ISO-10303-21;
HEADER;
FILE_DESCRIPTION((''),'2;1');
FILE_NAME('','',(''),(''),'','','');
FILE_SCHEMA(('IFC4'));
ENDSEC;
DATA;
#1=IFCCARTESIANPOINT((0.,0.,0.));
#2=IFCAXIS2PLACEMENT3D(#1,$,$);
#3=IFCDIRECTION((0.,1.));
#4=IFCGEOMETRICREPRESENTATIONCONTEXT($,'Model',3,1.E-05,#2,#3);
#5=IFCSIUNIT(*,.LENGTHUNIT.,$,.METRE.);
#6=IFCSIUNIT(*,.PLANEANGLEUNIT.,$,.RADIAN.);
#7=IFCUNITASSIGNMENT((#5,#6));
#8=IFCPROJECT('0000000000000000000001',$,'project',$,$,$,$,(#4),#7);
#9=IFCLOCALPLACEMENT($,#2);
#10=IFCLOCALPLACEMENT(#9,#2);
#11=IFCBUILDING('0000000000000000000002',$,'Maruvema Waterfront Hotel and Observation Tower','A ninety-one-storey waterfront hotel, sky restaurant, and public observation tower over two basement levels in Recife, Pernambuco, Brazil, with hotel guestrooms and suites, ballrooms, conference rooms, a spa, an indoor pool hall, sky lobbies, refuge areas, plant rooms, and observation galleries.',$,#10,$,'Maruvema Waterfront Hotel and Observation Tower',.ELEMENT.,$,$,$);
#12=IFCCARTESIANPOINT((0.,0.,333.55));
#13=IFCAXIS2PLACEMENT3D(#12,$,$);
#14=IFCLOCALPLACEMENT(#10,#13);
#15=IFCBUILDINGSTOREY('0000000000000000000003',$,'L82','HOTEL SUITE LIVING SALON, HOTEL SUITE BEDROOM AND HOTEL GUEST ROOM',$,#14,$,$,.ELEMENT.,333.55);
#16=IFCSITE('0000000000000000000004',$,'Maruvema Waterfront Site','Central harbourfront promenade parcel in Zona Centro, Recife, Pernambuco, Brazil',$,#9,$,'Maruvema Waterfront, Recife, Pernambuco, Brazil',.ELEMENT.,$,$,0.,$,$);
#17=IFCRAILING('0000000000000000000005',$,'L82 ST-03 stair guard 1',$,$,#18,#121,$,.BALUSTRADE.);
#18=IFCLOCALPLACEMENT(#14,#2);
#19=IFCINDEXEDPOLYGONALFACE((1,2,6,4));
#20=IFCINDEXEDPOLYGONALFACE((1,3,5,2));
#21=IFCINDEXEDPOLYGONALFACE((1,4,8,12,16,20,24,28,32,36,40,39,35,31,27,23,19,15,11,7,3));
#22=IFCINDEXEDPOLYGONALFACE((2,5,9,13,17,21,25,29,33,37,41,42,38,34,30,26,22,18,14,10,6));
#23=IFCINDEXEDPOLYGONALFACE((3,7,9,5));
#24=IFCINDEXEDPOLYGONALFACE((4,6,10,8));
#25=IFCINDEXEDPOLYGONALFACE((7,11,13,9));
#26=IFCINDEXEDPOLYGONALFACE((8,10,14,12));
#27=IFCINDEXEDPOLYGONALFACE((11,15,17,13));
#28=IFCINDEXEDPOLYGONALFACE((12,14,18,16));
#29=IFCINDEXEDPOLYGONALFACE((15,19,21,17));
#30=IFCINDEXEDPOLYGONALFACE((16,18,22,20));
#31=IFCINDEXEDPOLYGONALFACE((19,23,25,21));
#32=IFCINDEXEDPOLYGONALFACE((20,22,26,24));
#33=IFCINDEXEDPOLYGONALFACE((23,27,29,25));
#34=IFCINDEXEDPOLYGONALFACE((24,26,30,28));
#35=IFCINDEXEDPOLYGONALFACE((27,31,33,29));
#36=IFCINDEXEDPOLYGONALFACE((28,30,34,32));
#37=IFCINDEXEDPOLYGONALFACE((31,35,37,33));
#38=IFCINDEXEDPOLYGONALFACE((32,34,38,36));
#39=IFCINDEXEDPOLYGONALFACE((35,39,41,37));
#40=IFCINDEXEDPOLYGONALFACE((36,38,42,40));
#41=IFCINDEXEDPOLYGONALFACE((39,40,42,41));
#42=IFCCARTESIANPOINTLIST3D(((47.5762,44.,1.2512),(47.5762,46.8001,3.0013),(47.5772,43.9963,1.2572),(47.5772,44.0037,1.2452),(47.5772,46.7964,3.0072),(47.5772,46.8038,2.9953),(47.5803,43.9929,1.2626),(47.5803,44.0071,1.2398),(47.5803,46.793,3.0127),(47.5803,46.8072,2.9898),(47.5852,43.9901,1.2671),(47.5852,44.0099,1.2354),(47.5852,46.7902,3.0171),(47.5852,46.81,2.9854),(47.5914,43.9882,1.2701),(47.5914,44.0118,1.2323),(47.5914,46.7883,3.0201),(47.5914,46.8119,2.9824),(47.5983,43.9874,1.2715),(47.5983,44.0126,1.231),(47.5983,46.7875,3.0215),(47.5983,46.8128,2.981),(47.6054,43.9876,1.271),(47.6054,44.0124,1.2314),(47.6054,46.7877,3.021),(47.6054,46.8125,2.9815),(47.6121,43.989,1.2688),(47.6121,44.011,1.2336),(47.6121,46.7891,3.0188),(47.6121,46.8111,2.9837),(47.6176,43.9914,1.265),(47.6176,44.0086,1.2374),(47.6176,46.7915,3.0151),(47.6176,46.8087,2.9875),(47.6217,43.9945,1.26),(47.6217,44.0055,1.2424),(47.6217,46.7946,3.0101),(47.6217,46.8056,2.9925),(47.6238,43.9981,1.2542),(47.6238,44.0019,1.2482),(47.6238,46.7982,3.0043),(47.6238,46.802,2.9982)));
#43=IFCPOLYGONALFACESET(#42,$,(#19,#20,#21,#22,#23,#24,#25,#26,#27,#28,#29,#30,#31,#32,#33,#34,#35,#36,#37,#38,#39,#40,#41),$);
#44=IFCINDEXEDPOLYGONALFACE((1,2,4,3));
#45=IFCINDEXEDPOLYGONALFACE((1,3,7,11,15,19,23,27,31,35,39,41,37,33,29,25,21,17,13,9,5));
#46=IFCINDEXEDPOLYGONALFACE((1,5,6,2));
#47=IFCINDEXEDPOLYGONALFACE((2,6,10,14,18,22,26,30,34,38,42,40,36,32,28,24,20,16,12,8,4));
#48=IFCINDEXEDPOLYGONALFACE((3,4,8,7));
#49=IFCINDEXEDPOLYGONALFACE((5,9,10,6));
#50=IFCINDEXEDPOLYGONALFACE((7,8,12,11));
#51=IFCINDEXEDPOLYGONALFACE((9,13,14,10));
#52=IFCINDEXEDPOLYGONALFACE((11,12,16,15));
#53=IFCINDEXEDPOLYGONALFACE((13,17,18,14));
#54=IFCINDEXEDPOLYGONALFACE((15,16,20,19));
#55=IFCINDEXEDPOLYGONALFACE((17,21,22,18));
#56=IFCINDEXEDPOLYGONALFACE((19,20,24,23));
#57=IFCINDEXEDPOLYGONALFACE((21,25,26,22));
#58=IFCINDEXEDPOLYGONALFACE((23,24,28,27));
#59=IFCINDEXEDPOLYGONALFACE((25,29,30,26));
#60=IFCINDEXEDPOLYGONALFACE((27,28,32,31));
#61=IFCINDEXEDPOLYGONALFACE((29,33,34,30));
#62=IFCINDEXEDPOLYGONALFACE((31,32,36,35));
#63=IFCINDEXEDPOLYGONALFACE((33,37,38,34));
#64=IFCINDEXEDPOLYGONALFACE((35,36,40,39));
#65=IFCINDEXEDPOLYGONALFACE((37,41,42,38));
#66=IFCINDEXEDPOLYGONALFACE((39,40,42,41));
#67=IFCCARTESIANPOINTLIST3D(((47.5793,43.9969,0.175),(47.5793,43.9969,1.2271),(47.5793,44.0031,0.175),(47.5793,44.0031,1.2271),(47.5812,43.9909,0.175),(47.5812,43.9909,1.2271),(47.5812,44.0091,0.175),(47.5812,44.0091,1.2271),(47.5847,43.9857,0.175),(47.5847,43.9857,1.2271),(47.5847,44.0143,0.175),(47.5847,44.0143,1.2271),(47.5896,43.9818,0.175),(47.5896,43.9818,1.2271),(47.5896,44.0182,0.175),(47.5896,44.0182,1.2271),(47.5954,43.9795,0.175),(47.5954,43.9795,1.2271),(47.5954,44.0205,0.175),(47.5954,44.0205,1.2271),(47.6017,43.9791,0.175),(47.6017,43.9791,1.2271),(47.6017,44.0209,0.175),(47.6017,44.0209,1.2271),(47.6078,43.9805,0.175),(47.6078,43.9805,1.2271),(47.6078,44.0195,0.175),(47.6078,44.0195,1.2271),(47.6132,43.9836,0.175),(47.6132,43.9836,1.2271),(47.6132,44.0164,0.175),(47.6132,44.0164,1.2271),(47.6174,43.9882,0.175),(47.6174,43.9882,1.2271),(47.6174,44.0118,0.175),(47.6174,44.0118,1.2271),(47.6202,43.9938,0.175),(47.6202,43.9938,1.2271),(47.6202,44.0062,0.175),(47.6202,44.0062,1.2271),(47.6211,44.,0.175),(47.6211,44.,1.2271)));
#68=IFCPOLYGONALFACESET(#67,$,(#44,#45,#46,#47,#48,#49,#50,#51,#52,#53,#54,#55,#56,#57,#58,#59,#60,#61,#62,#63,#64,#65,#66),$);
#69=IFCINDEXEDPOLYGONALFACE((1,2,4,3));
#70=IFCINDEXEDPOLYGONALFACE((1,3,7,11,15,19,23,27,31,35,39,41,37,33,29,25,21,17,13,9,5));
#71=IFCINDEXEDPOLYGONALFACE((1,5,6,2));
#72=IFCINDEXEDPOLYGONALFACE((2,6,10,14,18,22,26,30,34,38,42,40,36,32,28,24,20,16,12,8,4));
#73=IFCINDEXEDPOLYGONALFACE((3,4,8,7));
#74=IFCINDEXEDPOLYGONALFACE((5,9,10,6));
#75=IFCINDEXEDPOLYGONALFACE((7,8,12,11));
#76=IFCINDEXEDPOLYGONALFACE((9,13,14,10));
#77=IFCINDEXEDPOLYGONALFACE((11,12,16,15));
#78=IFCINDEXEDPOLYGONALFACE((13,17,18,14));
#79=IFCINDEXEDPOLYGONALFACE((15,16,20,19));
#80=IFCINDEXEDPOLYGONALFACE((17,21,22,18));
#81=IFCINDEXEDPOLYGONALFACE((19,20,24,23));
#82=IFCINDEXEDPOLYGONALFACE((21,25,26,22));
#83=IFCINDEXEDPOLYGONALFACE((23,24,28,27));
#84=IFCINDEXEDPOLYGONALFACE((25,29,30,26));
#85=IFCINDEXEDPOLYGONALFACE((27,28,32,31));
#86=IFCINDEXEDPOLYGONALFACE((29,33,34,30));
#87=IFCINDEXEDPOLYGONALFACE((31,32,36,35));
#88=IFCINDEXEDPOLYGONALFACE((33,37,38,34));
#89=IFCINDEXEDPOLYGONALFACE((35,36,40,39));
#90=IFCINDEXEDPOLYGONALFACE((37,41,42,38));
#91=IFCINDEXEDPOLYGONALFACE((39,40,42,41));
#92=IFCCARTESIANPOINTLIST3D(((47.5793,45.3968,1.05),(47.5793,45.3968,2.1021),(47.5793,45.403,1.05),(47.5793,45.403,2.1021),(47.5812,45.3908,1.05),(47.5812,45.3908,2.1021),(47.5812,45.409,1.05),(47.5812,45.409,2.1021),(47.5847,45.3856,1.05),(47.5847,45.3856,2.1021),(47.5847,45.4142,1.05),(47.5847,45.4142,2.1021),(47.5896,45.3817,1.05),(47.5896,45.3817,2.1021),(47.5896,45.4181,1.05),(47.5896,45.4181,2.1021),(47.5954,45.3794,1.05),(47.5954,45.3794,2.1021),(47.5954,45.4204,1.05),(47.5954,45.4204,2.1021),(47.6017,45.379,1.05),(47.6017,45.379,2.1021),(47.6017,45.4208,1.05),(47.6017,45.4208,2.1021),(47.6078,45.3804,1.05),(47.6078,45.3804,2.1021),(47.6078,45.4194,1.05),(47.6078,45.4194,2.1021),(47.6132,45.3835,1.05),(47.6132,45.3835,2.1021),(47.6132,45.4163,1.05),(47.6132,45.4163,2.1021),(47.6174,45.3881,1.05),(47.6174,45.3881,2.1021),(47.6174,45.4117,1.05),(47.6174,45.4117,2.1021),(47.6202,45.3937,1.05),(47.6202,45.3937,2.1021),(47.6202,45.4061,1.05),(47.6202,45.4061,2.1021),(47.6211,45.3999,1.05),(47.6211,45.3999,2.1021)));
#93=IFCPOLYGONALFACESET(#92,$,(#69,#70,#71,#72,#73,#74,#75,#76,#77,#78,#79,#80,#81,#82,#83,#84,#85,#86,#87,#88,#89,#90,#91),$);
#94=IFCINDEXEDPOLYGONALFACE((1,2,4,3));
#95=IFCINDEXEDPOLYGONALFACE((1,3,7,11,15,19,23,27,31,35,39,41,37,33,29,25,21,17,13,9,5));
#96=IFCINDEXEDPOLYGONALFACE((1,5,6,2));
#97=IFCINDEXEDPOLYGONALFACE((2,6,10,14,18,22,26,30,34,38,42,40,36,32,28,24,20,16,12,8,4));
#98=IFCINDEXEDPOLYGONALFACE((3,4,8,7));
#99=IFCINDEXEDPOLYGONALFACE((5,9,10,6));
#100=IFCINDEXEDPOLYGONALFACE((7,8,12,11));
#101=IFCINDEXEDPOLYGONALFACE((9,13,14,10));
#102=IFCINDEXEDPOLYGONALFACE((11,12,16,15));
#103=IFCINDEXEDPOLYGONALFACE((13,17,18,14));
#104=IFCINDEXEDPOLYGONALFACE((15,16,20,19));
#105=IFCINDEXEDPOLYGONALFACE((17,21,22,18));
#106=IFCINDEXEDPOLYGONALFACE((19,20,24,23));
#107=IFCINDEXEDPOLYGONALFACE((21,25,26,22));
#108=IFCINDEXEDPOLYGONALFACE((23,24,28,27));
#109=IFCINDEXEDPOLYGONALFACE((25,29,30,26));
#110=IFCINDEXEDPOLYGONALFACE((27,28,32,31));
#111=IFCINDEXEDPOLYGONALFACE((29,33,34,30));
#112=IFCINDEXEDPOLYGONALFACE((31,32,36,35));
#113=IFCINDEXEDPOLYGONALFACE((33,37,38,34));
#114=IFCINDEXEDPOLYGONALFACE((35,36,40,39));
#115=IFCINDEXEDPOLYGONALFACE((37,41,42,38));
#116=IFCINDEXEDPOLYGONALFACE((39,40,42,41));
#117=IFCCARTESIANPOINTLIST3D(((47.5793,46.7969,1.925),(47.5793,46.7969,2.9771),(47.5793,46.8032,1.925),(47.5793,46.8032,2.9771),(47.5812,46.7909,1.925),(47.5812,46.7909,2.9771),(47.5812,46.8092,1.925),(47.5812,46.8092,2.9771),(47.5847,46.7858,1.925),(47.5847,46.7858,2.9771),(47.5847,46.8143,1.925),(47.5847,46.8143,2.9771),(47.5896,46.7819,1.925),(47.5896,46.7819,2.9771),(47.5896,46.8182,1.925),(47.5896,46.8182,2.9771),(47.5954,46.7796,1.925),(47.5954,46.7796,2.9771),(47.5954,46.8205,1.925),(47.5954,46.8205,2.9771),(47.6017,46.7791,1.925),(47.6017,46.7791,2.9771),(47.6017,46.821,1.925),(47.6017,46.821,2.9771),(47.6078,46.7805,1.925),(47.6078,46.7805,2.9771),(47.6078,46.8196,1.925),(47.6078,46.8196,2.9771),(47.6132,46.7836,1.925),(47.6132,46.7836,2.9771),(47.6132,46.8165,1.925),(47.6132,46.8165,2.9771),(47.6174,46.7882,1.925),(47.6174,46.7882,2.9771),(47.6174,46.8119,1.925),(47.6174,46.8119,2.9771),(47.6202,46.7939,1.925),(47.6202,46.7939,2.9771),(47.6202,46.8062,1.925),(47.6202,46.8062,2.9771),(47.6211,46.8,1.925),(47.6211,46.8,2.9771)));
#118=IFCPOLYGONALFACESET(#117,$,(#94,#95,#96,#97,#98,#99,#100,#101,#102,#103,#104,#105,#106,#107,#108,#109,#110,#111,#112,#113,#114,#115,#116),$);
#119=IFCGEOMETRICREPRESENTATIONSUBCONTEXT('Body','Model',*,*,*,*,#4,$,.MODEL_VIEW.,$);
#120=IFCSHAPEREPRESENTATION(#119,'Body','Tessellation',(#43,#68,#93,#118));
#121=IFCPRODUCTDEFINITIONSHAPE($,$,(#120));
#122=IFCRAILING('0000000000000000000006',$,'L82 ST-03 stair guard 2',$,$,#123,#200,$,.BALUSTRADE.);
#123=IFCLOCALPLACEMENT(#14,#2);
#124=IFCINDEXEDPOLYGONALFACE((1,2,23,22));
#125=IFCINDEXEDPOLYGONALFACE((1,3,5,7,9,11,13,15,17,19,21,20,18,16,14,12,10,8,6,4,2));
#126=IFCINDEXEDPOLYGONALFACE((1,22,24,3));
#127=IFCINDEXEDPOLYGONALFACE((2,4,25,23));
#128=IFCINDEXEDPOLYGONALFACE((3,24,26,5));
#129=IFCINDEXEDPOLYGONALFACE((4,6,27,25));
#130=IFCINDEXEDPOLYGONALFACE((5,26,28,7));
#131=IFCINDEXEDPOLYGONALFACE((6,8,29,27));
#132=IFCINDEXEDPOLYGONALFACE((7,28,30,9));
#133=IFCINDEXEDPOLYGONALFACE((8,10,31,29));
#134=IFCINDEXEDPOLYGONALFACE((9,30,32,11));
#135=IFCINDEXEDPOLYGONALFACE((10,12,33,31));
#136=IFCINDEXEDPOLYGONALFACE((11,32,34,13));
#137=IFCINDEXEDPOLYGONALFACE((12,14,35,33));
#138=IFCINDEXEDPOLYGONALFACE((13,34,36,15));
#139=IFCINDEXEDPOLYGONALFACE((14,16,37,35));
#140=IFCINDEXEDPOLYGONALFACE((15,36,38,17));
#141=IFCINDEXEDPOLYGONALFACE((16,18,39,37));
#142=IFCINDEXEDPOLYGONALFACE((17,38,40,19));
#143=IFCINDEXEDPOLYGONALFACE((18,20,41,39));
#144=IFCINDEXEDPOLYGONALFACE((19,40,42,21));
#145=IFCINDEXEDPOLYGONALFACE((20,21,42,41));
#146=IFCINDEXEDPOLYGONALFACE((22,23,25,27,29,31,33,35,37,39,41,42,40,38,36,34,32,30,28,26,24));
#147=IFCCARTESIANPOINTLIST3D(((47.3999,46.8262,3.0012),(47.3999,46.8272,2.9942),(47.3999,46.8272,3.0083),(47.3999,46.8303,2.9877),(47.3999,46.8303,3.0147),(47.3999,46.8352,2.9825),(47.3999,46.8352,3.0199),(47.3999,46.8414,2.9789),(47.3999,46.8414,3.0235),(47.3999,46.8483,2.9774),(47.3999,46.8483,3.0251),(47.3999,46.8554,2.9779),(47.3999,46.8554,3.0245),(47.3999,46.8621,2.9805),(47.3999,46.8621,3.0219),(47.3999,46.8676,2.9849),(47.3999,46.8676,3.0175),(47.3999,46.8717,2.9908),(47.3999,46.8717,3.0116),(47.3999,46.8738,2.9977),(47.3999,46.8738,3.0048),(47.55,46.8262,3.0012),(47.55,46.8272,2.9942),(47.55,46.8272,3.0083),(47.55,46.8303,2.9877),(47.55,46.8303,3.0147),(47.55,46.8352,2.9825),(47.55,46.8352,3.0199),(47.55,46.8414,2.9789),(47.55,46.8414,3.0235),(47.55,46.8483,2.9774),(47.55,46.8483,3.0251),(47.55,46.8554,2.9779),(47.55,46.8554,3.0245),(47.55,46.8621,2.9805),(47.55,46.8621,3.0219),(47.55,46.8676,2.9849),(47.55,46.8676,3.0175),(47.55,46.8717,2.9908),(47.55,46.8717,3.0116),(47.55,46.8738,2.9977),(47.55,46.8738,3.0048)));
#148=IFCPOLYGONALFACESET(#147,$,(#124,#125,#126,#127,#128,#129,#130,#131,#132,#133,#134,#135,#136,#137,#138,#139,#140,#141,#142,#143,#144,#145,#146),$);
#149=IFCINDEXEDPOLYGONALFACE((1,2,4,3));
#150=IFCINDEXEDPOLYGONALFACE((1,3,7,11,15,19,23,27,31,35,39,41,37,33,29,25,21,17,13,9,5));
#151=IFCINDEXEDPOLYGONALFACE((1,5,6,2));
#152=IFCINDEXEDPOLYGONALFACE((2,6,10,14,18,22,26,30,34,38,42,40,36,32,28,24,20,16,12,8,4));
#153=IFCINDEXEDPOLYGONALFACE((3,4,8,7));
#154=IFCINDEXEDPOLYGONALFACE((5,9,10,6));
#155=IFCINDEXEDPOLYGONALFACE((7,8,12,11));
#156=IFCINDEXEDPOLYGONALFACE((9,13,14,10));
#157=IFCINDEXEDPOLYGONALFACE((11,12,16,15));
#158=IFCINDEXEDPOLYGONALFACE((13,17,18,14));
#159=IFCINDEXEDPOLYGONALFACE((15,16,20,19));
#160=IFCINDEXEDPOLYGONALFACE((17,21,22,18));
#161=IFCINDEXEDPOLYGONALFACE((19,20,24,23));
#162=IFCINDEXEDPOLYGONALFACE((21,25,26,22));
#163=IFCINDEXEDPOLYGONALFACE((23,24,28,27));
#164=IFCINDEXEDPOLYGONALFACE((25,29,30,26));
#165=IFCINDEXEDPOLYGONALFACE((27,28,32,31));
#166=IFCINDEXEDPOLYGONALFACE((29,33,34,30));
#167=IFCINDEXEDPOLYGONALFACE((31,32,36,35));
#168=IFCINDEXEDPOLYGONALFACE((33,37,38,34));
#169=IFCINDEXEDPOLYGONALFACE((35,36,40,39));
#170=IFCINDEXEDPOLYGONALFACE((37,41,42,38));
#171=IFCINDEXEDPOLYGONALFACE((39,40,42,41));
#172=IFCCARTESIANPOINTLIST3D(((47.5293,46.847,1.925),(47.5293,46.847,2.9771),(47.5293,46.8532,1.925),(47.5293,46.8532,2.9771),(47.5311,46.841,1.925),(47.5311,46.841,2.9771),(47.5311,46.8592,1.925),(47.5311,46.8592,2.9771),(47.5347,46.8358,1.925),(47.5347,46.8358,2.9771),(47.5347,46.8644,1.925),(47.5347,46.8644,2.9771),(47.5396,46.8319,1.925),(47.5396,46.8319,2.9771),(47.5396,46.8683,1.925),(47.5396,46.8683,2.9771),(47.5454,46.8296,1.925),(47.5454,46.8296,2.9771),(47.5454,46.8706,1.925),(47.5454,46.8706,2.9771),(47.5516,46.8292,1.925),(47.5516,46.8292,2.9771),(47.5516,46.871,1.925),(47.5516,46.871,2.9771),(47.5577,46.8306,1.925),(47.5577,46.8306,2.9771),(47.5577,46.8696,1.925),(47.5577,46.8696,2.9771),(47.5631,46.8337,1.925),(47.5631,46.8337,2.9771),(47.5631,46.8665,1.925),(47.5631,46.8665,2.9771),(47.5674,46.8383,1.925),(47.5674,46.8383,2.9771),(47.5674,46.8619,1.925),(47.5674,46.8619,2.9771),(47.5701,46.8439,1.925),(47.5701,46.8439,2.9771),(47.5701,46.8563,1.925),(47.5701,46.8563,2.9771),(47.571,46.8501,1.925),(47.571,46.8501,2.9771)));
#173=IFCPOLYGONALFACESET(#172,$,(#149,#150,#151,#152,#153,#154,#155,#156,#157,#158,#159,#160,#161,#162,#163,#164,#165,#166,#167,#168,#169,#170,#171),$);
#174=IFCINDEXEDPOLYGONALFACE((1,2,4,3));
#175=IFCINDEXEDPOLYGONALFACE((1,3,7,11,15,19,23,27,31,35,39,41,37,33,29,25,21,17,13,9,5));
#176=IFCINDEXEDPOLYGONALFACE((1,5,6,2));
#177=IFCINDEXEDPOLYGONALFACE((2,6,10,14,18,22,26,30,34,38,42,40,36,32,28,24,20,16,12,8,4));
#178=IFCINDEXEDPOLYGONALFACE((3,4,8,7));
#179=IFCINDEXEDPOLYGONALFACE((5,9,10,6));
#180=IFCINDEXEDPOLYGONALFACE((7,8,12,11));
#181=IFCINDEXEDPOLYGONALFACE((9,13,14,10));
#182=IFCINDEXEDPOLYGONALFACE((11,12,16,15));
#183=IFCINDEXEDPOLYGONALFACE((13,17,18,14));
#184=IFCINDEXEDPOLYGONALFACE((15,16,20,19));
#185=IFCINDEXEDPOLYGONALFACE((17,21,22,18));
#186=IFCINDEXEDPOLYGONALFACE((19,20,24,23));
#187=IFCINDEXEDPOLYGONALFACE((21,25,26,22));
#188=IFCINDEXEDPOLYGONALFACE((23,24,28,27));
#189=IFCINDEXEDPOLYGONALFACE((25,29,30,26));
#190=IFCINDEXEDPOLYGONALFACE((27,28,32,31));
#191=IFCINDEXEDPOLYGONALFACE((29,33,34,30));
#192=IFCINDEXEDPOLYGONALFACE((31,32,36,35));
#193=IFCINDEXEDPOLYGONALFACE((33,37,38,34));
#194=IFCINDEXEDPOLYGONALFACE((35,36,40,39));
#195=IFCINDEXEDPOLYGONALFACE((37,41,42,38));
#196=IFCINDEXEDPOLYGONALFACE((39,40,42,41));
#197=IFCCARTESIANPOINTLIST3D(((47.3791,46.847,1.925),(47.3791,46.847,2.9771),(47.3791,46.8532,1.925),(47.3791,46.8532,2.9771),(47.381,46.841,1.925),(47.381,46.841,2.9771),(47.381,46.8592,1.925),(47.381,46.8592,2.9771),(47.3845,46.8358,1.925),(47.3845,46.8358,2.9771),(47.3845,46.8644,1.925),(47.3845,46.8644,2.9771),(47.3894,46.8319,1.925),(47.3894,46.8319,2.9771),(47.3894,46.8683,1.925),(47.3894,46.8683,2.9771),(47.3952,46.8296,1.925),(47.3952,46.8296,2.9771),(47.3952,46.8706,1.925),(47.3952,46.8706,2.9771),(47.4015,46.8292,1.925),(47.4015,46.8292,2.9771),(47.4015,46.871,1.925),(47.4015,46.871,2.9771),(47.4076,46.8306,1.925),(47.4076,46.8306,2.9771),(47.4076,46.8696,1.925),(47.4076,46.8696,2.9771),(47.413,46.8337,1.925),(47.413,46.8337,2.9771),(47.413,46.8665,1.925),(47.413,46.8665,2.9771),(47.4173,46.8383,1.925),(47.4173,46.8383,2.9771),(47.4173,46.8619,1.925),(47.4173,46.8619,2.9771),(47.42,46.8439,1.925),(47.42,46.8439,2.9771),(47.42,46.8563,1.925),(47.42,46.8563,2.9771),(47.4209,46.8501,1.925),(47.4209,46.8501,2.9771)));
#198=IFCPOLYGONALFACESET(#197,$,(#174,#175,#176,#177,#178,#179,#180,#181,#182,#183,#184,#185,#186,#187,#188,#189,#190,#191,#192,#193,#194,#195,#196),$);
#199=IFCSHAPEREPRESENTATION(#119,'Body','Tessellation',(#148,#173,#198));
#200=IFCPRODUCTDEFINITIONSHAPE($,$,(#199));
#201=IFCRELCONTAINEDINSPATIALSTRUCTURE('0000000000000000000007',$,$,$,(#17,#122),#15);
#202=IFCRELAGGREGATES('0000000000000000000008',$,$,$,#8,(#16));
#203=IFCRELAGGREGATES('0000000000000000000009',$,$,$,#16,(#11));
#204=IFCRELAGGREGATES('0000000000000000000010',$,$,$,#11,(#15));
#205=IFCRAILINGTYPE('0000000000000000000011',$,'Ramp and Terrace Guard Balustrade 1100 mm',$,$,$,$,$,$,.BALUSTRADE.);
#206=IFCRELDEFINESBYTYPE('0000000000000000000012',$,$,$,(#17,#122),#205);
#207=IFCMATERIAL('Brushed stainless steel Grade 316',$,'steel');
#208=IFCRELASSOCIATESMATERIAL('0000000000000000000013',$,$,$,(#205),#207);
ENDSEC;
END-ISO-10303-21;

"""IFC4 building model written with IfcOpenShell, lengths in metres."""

from ifc_helpers import new_model, si_unit, direction, frame, origin, origin_2d, place, context, subcontext, project, spatial, circle, extrude, material, type_object, element, save


model = new_model("IFC4")

# Units and contexts
model_context = context("Model", 3, precision=1e-05, world=origin(), true_north=direction((0.0, 1.0)))
body_context = subcontext(model_context, "Body", "Model", "MODEL_VIEW")
ifc_project = project(units=[si_unit("LENGTHUNIT", "METRE"), si_unit("PLANEANGLEUNIT", "RADIAN")], contexts=[model_context])

# Site, building, storey
site_placement = place(None, origin())
site = spatial("IfcSite", under=ifc_project, at=site_placement, Name="Maruvema Waterfront Site", Description="Central harbourfront promenade parcel in Zona Centro, Recife, Pernambuco, Brazil", LongName="Maruvema Waterfront, Recife, Pernambuco, Brazil", CompositionType="ELEMENT", RefElevation=0.0)
building_placement = place(site_placement, origin())
building = spatial("IfcBuilding", under=site, at=building_placement, Name="Maruvema Waterfront Hotel and Observation Tower", Description="A ninety-one-storey waterfront hotel, sky restaurant, and public observation tower over two basement levels in Recife, Pernambuco, Brazil, with hotel guestrooms and suites, ballrooms, conference rooms, a spa, an indoor pool hall, sky lobbies, refuge areas, plant rooms, and observation galleries.", LongName="Maruvema Waterfront Hotel and Observation Tower", CompositionType="ELEMENT")
storey_placement = place(building_placement, frame((0.0, 0.0, 333.55)))
storey = spatial("IfcBuildingStorey", under=building, at=storey_placement, Name="L82", Description="HOTEL SUITE LIVING SALON, HOTEL SUITE BEDROOM AND HOTEL GUEST ROOM", CompositionType="ELEMENT", Elevation=333.55)

# Railings
ifc_material_1 = material(Name="Brushed stainless steel Grade 316", Category="steel")
railing_type_1 = type_object("IfcRailingType", Name="Ramp and Terrace Guard Balustrade 1100 mm", PredefinedType="BALUSTRADE", material=ifc_material_1)
railing_1_placement = place(storey_placement, frame((47.6001, 44.0, 0.175)))
element("IfcRailing", 1, at=railing_1_placement, inside=storey, type_object=railing_type_1, Name="L82 ST-03 stair guard 1", PredefinedType="BALUSTRADE", context=body_context, shape_type="SweptSolid", body=[
    extrude(circle(Radius=0.0239, at=origin_2d()), frame((0.0, 0.0, 1.0762), z_axis=(0.0, 0.848002, 0.529992), x_axis=(-1.0, 0.0, 0.0)), (0.0, 0.0, 1.0), 3.302),
    extrude(circle(Radius=0.021, at=origin_2d()), origin(), (0.0, 0.0, 1.0), 1.052),
    extrude(circle(Radius=0.021, at=origin_2d()), frame((0.0, 1.3999, 0.875)), (0.0, 0.0, 1.0), 1.052),
    extrude(circle(Radius=0.021, at=origin_2d()), frame((0.0, 2.8, 1.75)), (0.0, 0.0, 1.0), 1.052),
])
railing_2_placement = place(storey_placement, frame((47.55, 46.8501, 1.925)))
element("IfcRailing", 2, at=railing_2_placement, inside=storey, type_object=railing_type_1, Name="L82 ST-03 stair guard 2", PredefinedType="BALUSTRADE", context=body_context, shape_type="SweptSolid", body=[
    extrude(circle(Radius=0.0239, at=origin_2d()), frame((0.0, 0.0, 1.0762), z_axis=(-1.0, 0.0, 0.0), x_axis=(0.0, -1.0, 0.0)), (0.0, 0.0, 1.0), 0.1501),
    extrude(circle(Radius=0.021, at=origin_2d()), origin(), (0.0, 0.0, 1.0), 1.052),
    extrude(circle(Radius=0.021, at=origin_2d()), frame((-0.1501, 0.0, 0.0)), (0.0, 0.0, 1.0), 1.052),
])

save(model, "model.ifc")
